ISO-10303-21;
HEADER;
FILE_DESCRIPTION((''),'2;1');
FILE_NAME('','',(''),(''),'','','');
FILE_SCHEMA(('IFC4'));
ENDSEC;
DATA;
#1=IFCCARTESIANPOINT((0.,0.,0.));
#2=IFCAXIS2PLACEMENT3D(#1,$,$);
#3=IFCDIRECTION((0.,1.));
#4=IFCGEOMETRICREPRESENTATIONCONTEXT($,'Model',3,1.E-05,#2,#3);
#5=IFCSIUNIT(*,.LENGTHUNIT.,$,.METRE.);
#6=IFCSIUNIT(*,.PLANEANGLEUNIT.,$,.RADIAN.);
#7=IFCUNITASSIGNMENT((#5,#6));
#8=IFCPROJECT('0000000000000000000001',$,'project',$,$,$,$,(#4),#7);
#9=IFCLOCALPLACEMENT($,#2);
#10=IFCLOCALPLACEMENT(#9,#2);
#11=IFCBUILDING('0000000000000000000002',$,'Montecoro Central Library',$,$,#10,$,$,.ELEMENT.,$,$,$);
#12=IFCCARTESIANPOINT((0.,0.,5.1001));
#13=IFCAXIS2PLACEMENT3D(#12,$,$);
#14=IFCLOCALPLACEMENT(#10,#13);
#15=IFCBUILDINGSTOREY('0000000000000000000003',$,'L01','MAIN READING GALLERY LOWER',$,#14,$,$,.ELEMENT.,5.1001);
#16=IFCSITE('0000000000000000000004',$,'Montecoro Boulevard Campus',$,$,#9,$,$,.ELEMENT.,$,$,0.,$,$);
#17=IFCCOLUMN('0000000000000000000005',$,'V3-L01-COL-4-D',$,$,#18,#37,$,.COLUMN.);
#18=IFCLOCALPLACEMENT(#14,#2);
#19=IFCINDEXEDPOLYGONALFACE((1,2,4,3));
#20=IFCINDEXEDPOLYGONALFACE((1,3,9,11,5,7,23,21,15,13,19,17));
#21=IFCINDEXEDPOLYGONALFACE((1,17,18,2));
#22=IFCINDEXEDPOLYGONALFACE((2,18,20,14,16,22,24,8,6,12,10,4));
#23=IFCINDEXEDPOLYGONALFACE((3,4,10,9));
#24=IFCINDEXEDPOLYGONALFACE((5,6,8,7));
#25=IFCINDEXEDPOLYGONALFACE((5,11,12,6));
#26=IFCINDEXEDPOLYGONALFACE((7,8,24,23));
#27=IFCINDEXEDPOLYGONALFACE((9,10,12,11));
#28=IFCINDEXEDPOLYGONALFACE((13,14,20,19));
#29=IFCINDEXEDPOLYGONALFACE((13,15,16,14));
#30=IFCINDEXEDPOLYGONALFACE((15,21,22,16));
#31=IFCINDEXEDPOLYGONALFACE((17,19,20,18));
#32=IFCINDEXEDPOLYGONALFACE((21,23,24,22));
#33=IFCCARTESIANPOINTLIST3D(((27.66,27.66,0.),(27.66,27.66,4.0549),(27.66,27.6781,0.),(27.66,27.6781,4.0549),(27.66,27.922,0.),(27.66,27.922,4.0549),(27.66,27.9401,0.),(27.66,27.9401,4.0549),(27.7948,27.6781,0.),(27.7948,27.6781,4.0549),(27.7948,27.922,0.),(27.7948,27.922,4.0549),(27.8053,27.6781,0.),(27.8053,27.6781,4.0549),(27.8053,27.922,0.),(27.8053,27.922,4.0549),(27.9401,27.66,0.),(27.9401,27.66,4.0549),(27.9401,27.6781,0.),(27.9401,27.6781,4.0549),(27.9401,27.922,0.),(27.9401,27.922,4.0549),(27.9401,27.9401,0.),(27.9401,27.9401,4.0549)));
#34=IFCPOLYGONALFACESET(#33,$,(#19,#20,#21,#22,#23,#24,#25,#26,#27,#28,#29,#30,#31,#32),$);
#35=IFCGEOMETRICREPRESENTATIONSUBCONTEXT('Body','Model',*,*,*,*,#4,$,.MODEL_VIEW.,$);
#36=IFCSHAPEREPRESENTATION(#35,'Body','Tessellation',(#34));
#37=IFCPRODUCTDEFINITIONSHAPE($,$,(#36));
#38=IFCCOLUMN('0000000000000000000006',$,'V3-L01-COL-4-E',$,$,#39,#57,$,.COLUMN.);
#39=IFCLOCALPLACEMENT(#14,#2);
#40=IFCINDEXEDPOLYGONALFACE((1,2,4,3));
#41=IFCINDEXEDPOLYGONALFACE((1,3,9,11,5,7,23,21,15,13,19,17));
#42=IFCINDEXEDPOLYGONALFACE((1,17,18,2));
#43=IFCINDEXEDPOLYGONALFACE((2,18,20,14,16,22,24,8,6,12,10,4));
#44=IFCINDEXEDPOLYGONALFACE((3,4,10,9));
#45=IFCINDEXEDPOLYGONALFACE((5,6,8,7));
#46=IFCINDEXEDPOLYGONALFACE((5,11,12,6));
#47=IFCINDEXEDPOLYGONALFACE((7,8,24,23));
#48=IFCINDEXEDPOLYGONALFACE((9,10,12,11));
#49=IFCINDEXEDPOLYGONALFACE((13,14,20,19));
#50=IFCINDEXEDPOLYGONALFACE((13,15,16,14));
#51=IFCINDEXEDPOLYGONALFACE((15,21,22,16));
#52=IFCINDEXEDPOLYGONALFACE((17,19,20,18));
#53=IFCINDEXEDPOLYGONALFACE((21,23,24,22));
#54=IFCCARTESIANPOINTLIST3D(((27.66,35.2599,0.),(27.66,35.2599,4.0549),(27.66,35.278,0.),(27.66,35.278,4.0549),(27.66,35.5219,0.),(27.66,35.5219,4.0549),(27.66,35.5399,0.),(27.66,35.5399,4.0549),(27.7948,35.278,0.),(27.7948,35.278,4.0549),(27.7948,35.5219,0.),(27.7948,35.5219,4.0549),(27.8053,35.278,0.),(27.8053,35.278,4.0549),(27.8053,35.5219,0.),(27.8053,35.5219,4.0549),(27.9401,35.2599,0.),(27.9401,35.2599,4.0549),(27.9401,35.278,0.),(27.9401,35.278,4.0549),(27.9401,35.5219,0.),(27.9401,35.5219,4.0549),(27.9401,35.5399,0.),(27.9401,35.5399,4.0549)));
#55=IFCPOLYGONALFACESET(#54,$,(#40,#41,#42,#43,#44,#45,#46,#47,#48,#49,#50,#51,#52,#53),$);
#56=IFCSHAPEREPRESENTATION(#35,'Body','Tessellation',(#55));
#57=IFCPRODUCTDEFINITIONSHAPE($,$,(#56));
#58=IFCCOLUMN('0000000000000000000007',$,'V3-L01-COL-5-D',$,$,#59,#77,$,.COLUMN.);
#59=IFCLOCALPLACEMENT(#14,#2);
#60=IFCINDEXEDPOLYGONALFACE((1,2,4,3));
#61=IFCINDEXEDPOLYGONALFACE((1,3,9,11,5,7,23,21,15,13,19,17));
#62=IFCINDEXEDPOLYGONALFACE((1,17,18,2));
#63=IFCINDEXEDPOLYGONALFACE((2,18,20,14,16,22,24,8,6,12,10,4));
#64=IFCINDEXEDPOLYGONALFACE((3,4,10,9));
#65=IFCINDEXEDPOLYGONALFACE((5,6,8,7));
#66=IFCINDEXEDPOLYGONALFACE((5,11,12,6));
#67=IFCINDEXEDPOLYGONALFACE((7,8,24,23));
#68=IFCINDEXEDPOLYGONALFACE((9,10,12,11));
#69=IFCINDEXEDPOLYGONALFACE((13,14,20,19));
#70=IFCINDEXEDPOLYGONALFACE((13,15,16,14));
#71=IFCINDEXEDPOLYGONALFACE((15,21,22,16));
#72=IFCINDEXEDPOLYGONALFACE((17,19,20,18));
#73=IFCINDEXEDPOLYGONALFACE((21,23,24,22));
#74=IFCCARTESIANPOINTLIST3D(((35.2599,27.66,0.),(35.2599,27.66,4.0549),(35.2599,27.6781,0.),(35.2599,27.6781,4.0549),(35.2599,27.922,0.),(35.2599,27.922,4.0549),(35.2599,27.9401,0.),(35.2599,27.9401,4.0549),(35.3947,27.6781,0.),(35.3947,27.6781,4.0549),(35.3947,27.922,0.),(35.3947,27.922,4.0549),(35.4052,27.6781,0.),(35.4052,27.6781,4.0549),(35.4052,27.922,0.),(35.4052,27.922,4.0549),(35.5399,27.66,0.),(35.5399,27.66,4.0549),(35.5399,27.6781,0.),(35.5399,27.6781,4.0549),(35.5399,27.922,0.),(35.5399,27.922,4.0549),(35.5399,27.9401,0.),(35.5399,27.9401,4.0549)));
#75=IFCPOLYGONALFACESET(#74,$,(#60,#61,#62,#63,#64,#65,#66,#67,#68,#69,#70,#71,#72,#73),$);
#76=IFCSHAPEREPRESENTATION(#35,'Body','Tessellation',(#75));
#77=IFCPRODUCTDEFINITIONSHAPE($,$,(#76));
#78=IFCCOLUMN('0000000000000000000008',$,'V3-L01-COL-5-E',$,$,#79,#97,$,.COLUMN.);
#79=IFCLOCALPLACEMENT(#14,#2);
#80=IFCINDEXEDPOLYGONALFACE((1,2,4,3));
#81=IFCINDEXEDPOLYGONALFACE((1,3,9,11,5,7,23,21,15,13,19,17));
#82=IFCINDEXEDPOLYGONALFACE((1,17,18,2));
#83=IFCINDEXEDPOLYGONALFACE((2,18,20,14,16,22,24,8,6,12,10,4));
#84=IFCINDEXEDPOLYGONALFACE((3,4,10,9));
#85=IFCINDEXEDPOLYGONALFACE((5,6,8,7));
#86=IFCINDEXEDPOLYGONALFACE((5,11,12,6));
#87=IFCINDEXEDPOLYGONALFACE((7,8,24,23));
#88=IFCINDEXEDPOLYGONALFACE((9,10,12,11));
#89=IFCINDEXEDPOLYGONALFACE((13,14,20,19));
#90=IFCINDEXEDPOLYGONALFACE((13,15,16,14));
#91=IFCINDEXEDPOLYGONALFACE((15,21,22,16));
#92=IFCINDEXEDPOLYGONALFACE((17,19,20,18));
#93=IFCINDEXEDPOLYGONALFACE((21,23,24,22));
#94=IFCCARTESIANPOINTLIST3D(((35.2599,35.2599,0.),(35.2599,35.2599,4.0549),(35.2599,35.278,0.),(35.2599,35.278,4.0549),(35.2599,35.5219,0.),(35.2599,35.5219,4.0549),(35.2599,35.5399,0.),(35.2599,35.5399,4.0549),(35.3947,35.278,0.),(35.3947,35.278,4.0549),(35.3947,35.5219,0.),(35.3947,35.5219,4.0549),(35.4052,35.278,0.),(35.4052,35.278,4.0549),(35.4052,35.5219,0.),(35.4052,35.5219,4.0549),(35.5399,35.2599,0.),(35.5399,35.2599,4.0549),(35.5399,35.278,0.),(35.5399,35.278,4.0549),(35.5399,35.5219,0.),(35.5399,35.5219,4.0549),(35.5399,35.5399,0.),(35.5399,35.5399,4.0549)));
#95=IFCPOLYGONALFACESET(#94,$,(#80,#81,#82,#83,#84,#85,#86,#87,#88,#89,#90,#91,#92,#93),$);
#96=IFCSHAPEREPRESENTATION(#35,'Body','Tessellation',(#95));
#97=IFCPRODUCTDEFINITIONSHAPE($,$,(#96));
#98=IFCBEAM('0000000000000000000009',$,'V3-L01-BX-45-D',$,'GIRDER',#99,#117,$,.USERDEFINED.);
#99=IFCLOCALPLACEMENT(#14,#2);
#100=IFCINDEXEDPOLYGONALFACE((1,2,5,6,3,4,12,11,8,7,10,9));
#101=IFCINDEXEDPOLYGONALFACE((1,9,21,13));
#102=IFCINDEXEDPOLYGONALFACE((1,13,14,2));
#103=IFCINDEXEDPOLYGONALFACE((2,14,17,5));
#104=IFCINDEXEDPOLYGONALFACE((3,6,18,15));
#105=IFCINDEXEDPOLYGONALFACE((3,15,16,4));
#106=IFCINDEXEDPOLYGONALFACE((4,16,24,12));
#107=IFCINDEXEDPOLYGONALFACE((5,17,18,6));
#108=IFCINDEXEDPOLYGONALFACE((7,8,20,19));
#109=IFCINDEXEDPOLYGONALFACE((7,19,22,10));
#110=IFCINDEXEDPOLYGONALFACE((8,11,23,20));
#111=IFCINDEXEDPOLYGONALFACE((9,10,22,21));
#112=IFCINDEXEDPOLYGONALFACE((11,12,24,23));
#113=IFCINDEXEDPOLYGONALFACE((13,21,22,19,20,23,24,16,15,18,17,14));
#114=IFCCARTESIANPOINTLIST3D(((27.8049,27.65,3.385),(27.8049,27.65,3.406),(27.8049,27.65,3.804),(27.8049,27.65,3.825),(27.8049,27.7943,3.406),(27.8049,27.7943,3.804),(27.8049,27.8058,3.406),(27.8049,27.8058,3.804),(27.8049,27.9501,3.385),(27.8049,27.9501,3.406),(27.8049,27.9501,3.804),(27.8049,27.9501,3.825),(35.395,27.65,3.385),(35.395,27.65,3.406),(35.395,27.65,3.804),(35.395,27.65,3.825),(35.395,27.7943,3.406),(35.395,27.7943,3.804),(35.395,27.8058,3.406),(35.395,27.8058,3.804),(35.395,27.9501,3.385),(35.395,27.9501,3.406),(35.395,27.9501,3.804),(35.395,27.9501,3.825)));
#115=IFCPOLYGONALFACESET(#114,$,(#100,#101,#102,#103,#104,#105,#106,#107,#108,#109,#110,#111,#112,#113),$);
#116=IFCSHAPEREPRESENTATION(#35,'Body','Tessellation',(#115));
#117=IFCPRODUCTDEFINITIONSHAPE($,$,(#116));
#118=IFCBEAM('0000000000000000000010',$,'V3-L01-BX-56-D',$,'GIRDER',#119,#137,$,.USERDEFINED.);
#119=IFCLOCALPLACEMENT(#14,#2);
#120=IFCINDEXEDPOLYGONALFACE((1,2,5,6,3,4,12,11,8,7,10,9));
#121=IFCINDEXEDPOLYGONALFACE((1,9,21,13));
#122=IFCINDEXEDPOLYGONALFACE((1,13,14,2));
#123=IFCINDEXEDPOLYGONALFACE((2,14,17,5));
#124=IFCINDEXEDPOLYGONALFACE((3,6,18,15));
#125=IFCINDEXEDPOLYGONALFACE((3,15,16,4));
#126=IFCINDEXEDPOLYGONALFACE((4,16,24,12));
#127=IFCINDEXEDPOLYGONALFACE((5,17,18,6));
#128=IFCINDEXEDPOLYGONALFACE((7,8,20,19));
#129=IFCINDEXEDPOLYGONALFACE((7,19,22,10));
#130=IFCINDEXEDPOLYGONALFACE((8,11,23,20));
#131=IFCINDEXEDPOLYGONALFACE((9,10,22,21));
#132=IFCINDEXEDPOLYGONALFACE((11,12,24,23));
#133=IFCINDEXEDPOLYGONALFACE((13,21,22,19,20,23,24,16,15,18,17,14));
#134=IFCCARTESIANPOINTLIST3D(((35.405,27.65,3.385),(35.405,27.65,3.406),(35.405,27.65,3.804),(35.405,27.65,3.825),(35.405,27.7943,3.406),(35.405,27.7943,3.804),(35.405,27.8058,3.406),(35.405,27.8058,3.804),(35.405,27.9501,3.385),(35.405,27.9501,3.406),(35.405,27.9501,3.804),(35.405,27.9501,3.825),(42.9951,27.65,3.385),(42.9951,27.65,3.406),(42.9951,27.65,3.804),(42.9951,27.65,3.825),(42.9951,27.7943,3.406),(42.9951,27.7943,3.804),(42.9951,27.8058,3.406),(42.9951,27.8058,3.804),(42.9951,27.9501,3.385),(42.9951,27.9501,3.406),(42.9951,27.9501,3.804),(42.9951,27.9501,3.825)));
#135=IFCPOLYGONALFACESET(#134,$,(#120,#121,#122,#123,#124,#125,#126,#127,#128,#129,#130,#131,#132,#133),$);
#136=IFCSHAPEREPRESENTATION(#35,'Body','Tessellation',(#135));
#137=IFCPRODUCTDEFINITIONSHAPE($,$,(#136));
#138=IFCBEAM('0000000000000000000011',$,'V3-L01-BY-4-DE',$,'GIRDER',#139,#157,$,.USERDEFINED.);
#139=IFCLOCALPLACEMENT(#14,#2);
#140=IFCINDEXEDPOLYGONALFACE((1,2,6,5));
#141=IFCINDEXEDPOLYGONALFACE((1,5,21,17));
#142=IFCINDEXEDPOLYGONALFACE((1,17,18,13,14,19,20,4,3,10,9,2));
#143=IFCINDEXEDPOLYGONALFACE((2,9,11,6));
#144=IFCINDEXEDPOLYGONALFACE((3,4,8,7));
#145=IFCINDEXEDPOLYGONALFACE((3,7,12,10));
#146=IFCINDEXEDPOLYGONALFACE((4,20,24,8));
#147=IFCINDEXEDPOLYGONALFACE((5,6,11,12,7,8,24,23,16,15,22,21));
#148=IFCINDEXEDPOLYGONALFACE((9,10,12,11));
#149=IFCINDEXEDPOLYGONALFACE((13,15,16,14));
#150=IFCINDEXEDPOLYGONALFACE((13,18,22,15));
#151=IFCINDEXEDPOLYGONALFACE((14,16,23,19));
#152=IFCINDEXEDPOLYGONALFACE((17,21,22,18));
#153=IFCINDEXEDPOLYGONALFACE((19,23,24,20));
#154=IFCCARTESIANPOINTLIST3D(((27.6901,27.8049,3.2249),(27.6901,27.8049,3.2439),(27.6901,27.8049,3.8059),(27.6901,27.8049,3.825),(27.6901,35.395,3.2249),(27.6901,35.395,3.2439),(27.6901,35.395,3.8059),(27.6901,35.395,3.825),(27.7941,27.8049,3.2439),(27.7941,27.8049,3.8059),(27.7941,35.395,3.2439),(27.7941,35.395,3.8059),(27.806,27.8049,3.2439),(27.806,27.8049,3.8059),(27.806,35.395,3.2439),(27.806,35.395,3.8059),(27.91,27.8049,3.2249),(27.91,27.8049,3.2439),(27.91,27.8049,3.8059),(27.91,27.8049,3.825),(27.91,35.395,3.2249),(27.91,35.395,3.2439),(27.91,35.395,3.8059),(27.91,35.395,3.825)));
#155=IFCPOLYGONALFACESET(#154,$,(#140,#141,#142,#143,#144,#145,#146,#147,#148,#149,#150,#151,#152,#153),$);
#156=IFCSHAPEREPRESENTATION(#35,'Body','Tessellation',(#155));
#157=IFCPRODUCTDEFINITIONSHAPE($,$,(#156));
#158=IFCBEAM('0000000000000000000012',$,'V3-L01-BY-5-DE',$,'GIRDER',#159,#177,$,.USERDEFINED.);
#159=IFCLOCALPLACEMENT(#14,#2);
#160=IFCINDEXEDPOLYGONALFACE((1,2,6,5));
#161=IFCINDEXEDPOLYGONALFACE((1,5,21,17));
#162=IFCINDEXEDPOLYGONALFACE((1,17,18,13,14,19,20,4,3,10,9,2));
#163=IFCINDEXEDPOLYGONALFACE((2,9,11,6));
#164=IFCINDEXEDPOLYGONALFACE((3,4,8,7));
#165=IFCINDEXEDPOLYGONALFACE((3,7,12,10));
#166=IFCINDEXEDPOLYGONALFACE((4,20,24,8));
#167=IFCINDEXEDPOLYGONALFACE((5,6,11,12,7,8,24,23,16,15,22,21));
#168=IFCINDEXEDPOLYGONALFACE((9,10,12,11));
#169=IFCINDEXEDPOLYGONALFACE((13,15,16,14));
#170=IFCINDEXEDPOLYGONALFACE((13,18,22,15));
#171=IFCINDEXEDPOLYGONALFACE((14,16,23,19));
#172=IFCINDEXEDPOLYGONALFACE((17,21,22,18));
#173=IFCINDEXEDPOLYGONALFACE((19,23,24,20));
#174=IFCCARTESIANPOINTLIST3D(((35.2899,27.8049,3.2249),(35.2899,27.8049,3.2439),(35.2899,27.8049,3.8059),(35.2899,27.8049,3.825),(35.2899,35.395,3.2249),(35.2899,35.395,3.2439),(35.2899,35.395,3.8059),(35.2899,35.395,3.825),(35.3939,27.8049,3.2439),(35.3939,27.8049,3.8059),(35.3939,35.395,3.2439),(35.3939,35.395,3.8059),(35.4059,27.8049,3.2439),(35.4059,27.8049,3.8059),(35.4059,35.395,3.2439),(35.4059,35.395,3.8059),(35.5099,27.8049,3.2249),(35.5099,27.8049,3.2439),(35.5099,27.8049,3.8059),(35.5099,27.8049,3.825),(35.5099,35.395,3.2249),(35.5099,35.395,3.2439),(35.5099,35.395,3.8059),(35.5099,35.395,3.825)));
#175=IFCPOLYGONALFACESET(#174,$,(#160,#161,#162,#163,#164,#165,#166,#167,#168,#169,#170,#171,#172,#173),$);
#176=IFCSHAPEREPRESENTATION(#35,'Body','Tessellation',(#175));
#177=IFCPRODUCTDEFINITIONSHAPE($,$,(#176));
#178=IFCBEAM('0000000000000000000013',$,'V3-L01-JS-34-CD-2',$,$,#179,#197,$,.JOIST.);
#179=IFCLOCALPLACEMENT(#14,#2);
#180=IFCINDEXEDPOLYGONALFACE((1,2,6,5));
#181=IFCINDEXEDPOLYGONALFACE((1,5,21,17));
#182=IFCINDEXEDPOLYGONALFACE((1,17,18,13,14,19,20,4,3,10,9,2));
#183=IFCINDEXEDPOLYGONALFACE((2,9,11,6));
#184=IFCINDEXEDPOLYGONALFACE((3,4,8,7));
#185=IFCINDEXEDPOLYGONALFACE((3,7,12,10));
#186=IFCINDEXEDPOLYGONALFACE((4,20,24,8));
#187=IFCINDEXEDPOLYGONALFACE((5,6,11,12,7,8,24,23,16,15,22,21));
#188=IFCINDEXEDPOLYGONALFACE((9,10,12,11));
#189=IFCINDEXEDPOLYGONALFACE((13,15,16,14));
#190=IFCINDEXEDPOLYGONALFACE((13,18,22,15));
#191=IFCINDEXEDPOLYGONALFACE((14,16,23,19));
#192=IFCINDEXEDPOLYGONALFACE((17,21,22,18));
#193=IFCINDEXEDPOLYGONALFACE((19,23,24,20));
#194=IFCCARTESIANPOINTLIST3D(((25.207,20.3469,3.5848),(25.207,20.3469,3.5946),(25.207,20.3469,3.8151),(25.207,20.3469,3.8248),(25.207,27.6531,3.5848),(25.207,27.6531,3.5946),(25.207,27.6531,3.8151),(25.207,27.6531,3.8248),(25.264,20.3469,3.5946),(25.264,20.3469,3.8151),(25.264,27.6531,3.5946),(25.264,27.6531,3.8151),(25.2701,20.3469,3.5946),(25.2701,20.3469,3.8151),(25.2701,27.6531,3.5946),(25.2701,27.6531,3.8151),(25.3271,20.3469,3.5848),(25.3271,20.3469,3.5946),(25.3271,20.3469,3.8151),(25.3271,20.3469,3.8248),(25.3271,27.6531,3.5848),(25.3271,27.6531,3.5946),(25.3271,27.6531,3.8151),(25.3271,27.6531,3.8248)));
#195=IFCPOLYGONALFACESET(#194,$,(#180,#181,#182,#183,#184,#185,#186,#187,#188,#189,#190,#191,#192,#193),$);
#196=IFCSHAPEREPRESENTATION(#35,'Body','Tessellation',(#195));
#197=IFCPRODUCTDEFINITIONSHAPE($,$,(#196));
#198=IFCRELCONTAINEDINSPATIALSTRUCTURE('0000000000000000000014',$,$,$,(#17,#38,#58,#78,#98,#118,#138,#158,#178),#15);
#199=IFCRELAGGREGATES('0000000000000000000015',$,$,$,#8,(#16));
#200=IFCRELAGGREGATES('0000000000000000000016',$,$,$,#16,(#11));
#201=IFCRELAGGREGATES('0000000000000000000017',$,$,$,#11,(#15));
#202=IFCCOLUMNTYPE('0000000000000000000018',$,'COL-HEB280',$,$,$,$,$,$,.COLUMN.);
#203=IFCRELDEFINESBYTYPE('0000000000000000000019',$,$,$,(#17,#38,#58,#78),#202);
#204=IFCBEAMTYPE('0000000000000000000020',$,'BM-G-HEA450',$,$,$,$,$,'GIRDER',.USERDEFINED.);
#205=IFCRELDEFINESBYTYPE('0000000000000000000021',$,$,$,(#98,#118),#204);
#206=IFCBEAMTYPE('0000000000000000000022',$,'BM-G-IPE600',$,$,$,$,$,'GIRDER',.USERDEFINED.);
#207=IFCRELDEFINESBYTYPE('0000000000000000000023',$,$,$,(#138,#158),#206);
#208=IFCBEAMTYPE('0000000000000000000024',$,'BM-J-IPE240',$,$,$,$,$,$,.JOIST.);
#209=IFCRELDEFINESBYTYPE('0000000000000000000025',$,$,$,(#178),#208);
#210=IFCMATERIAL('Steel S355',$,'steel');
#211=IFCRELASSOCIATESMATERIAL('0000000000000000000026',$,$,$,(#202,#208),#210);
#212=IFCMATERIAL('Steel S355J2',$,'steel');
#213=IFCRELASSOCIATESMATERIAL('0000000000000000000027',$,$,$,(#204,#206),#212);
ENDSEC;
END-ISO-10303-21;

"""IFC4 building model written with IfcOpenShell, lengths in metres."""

from ifc_helpers import new_model, si_unit, direction, frame, origin, origin_2d, place, context, subcontext, project, spatial, i_section, extrude, material, material_profile, profile_set, type_object, element, save


model = new_model("IFC4")

# Units and contexts
model_context = context("Model", 3, precision=1e-05, world=origin(), true_north=direction((0.0, 1.0)))
body_context = subcontext(model_context, "Body", "Model", "MODEL_VIEW")
ifc_project = project(units=[si_unit("LENGTHUNIT", "METRE"), si_unit("PLANEANGLEUNIT", "RADIAN")], contexts=[model_context])

# Site, building, storey
site_placement = place(None, origin())
site = spatial("IfcSite", under=ifc_project, at=site_placement, Name="Montecoro Boulevard Campus", CompositionType="ELEMENT", RefElevation=0.0)
building_placement = place(site_placement, origin())
building = spatial("IfcBuilding", under=site, at=building_placement, Name="Montecoro Central Library", CompositionType="ELEMENT")
storey_placement = place(building_placement, frame((0.0, 0.0, 5.1001)))
storey = spatial("IfcBuildingStorey", under=building, at=storey_placement, Name="L01", Description="MAIN READING GALLERY LOWER", CompositionType="ELEMENT", Elevation=5.1001)

# Columns
ifc_material_1 = material(Name="Steel S355", Category="steel")
ifc_material_profile_1 = material_profile(ifc_material_1, i_section(OverallWidth=0.28, OverallDepth=0.28, WebThickness=0.0105, FlangeThickness=0.0181, at=origin_2d()), Name="HEB 280")
ifc_profile_set_1 = profile_set([ifc_material_profile_1], Name="Steel S355")
column_type = type_object("IfcColumnType", Name="COL-HEB280", PredefinedType="COLUMN", material=ifc_profile_set_1)
for number, where, z_axis, x_axis, name in (
    (1, (27.8, 27.8, 0.0), (0.0, 0.0, 1.0), (1.0, 0.0, 0.0), "V3-L01-COL-4-D"),
    (2, (27.8, 35.3999, 0.0), (0.0, 0.0, 1.0), (1.0, 0.0, 0.0), "V3-L01-COL-4-E"),
    (3, (35.3999, 27.8, 0.0), (0.0, 0.0, 1.0), (1.0, 0.0, 0.0), "V3-L01-COL-5-D"),
    (4, (35.3999, 35.3999, 0.0), (0.0, 0.0, 1.0), (1.0, 0.0, 0.0), "V3-L01-COL-5-E"),
):
    element("IfcColumn", number, at=place(storey_placement, frame(where, z_axis=z_axis, x_axis=x_axis)), inside=storey, type_object=column_type, Name=name, PredefinedType="COLUMN", context=body_context, shape_type="SweptSolid", body=[
        extrude(i_section(OverallWidth=0.28, OverallDepth=0.28, WebThickness=0.0105, FlangeThickness=0.0181, at=origin_2d()), origin(), (0.0, 0.0, 1.0), 4.0549),
    ])

# Beams
ifc_material_2 = material(Name="Steel S355J2", Category="steel")
ifc_material_profile_2 = material_profile(ifc_material_2, i_section(OverallWidth=0.3, OverallDepth=0.4399, WebThickness=0.0115, FlangeThickness=0.021, at=origin_2d()), Name="HEA 450")
ifc_profile_set_2 = profile_set([ifc_material_profile_2], Name="Steel S355J2")
beam_type_1 = type_object("IfcBeamType", Name="BM-G-HEA450", ElementType="GIRDER", PredefinedType="USERDEFINED", material=ifc_profile_set_2)
for number, where, z_axis, x_axis, name in (
    (5, (27.8049, 27.8, 3.605), (1.0, 0.0, 0.0), (0.0, 1.0, 0.0), "V3-L01-BX-45-D"),
    (6, (35.405, 27.8, 3.605), (1.0, 0.0, 0.0), (0.0, 1.0, 0.0), "V3-L01-BX-56-D"),
):
    element("IfcBeam", number, at=place(storey_placement, frame(where, z_axis=z_axis, x_axis=x_axis)), inside=storey, type_object=beam_type_1, Name=name, ObjectType="GIRDER", PredefinedType="USERDEFINED", context=body_context, shape_type="SweptSolid", body=[
        extrude(i_section(OverallWidth=0.3, OverallDepth=0.4399, WebThickness=0.0115, FlangeThickness=0.021, at=origin_2d()), origin(), (0.0, 0.0, 1.0), 7.5901),
    ])
ifc_material_profile_3 = material_profile(ifc_material_2, i_section(OverallWidth=0.22, OverallDepth=0.6001, WebThickness=0.012, FlangeThickness=0.019, at=origin_2d()), Name="IPE 600")
ifc_profile_set_3 = profile_set([ifc_material_profile_3], Name="Steel S355J2")
beam_type_2 = type_object("IfcBeamType", Name="BM-G-IPE600", ElementType="GIRDER", PredefinedType="USERDEFINED", material=ifc_profile_set_3)
for number, where, z_axis, x_axis, name in (
    (7, (27.8, 27.8049, 3.5249), (0.0, 1.0, 0.0), (-1.0, 0.0, 0.0), "V3-L01-BY-4-DE"),
    (8, (35.3999, 27.8049, 3.5249), (0.0, 1.0, 0.0), (-1.0, 0.0, 0.0), "V3-L01-BY-5-DE"),
):
    element("IfcBeam", number, at=place(storey_placement, frame(where, z_axis=z_axis, x_axis=x_axis)), inside=storey, type_object=beam_type_2, Name=name, ObjectType="GIRDER", PredefinedType="USERDEFINED", context=body_context, shape_type="SweptSolid", body=[
        extrude(i_section(OverallWidth=0.22, OverallDepth=0.6001, WebThickness=0.012, FlangeThickness=0.019, at=origin_2d()), origin(), (0.0, 0.0, 1.0), 7.5901),
    ])
ifc_material_profile_4 = material_profile(ifc_material_1, i_section(OverallWidth=0.1201, OverallDepth=0.24, WebThickness=0.0061, FlangeThickness=0.0098, at=origin_2d()), Name="IPE 240")
ifc_profile_set_4 = profile_set([ifc_material_profile_4], Name="Steel S355")
beam_type_3 = type_object("IfcBeamType", Name="BM-J-IPE240", PredefinedType="JOIST", material=ifc_profile_set_4)
beam_1_placement = place(storey_placement, frame((25.2671, 20.3469, 3.7048), z_axis=(0.0, 1.0, 0.0), x_axis=(-1.0, 0.0, 0.0)))
element("IfcBeam", 9, at=beam_1_placement, inside=storey, type_object=beam_type_3, Name="V3-L01-JS-34-CD-2", PredefinedType="JOIST", context=body_context, shape_type="SweptSolid", body=[
    extrude(i_section(OverallWidth=0.1201, OverallDepth=0.24, WebThickness=0.0061, FlangeThickness=0.0098, at=origin_2d()), origin(), (0.0, 0.0, 1.0), 7.3062),
])

save(model, "model.ifc")
